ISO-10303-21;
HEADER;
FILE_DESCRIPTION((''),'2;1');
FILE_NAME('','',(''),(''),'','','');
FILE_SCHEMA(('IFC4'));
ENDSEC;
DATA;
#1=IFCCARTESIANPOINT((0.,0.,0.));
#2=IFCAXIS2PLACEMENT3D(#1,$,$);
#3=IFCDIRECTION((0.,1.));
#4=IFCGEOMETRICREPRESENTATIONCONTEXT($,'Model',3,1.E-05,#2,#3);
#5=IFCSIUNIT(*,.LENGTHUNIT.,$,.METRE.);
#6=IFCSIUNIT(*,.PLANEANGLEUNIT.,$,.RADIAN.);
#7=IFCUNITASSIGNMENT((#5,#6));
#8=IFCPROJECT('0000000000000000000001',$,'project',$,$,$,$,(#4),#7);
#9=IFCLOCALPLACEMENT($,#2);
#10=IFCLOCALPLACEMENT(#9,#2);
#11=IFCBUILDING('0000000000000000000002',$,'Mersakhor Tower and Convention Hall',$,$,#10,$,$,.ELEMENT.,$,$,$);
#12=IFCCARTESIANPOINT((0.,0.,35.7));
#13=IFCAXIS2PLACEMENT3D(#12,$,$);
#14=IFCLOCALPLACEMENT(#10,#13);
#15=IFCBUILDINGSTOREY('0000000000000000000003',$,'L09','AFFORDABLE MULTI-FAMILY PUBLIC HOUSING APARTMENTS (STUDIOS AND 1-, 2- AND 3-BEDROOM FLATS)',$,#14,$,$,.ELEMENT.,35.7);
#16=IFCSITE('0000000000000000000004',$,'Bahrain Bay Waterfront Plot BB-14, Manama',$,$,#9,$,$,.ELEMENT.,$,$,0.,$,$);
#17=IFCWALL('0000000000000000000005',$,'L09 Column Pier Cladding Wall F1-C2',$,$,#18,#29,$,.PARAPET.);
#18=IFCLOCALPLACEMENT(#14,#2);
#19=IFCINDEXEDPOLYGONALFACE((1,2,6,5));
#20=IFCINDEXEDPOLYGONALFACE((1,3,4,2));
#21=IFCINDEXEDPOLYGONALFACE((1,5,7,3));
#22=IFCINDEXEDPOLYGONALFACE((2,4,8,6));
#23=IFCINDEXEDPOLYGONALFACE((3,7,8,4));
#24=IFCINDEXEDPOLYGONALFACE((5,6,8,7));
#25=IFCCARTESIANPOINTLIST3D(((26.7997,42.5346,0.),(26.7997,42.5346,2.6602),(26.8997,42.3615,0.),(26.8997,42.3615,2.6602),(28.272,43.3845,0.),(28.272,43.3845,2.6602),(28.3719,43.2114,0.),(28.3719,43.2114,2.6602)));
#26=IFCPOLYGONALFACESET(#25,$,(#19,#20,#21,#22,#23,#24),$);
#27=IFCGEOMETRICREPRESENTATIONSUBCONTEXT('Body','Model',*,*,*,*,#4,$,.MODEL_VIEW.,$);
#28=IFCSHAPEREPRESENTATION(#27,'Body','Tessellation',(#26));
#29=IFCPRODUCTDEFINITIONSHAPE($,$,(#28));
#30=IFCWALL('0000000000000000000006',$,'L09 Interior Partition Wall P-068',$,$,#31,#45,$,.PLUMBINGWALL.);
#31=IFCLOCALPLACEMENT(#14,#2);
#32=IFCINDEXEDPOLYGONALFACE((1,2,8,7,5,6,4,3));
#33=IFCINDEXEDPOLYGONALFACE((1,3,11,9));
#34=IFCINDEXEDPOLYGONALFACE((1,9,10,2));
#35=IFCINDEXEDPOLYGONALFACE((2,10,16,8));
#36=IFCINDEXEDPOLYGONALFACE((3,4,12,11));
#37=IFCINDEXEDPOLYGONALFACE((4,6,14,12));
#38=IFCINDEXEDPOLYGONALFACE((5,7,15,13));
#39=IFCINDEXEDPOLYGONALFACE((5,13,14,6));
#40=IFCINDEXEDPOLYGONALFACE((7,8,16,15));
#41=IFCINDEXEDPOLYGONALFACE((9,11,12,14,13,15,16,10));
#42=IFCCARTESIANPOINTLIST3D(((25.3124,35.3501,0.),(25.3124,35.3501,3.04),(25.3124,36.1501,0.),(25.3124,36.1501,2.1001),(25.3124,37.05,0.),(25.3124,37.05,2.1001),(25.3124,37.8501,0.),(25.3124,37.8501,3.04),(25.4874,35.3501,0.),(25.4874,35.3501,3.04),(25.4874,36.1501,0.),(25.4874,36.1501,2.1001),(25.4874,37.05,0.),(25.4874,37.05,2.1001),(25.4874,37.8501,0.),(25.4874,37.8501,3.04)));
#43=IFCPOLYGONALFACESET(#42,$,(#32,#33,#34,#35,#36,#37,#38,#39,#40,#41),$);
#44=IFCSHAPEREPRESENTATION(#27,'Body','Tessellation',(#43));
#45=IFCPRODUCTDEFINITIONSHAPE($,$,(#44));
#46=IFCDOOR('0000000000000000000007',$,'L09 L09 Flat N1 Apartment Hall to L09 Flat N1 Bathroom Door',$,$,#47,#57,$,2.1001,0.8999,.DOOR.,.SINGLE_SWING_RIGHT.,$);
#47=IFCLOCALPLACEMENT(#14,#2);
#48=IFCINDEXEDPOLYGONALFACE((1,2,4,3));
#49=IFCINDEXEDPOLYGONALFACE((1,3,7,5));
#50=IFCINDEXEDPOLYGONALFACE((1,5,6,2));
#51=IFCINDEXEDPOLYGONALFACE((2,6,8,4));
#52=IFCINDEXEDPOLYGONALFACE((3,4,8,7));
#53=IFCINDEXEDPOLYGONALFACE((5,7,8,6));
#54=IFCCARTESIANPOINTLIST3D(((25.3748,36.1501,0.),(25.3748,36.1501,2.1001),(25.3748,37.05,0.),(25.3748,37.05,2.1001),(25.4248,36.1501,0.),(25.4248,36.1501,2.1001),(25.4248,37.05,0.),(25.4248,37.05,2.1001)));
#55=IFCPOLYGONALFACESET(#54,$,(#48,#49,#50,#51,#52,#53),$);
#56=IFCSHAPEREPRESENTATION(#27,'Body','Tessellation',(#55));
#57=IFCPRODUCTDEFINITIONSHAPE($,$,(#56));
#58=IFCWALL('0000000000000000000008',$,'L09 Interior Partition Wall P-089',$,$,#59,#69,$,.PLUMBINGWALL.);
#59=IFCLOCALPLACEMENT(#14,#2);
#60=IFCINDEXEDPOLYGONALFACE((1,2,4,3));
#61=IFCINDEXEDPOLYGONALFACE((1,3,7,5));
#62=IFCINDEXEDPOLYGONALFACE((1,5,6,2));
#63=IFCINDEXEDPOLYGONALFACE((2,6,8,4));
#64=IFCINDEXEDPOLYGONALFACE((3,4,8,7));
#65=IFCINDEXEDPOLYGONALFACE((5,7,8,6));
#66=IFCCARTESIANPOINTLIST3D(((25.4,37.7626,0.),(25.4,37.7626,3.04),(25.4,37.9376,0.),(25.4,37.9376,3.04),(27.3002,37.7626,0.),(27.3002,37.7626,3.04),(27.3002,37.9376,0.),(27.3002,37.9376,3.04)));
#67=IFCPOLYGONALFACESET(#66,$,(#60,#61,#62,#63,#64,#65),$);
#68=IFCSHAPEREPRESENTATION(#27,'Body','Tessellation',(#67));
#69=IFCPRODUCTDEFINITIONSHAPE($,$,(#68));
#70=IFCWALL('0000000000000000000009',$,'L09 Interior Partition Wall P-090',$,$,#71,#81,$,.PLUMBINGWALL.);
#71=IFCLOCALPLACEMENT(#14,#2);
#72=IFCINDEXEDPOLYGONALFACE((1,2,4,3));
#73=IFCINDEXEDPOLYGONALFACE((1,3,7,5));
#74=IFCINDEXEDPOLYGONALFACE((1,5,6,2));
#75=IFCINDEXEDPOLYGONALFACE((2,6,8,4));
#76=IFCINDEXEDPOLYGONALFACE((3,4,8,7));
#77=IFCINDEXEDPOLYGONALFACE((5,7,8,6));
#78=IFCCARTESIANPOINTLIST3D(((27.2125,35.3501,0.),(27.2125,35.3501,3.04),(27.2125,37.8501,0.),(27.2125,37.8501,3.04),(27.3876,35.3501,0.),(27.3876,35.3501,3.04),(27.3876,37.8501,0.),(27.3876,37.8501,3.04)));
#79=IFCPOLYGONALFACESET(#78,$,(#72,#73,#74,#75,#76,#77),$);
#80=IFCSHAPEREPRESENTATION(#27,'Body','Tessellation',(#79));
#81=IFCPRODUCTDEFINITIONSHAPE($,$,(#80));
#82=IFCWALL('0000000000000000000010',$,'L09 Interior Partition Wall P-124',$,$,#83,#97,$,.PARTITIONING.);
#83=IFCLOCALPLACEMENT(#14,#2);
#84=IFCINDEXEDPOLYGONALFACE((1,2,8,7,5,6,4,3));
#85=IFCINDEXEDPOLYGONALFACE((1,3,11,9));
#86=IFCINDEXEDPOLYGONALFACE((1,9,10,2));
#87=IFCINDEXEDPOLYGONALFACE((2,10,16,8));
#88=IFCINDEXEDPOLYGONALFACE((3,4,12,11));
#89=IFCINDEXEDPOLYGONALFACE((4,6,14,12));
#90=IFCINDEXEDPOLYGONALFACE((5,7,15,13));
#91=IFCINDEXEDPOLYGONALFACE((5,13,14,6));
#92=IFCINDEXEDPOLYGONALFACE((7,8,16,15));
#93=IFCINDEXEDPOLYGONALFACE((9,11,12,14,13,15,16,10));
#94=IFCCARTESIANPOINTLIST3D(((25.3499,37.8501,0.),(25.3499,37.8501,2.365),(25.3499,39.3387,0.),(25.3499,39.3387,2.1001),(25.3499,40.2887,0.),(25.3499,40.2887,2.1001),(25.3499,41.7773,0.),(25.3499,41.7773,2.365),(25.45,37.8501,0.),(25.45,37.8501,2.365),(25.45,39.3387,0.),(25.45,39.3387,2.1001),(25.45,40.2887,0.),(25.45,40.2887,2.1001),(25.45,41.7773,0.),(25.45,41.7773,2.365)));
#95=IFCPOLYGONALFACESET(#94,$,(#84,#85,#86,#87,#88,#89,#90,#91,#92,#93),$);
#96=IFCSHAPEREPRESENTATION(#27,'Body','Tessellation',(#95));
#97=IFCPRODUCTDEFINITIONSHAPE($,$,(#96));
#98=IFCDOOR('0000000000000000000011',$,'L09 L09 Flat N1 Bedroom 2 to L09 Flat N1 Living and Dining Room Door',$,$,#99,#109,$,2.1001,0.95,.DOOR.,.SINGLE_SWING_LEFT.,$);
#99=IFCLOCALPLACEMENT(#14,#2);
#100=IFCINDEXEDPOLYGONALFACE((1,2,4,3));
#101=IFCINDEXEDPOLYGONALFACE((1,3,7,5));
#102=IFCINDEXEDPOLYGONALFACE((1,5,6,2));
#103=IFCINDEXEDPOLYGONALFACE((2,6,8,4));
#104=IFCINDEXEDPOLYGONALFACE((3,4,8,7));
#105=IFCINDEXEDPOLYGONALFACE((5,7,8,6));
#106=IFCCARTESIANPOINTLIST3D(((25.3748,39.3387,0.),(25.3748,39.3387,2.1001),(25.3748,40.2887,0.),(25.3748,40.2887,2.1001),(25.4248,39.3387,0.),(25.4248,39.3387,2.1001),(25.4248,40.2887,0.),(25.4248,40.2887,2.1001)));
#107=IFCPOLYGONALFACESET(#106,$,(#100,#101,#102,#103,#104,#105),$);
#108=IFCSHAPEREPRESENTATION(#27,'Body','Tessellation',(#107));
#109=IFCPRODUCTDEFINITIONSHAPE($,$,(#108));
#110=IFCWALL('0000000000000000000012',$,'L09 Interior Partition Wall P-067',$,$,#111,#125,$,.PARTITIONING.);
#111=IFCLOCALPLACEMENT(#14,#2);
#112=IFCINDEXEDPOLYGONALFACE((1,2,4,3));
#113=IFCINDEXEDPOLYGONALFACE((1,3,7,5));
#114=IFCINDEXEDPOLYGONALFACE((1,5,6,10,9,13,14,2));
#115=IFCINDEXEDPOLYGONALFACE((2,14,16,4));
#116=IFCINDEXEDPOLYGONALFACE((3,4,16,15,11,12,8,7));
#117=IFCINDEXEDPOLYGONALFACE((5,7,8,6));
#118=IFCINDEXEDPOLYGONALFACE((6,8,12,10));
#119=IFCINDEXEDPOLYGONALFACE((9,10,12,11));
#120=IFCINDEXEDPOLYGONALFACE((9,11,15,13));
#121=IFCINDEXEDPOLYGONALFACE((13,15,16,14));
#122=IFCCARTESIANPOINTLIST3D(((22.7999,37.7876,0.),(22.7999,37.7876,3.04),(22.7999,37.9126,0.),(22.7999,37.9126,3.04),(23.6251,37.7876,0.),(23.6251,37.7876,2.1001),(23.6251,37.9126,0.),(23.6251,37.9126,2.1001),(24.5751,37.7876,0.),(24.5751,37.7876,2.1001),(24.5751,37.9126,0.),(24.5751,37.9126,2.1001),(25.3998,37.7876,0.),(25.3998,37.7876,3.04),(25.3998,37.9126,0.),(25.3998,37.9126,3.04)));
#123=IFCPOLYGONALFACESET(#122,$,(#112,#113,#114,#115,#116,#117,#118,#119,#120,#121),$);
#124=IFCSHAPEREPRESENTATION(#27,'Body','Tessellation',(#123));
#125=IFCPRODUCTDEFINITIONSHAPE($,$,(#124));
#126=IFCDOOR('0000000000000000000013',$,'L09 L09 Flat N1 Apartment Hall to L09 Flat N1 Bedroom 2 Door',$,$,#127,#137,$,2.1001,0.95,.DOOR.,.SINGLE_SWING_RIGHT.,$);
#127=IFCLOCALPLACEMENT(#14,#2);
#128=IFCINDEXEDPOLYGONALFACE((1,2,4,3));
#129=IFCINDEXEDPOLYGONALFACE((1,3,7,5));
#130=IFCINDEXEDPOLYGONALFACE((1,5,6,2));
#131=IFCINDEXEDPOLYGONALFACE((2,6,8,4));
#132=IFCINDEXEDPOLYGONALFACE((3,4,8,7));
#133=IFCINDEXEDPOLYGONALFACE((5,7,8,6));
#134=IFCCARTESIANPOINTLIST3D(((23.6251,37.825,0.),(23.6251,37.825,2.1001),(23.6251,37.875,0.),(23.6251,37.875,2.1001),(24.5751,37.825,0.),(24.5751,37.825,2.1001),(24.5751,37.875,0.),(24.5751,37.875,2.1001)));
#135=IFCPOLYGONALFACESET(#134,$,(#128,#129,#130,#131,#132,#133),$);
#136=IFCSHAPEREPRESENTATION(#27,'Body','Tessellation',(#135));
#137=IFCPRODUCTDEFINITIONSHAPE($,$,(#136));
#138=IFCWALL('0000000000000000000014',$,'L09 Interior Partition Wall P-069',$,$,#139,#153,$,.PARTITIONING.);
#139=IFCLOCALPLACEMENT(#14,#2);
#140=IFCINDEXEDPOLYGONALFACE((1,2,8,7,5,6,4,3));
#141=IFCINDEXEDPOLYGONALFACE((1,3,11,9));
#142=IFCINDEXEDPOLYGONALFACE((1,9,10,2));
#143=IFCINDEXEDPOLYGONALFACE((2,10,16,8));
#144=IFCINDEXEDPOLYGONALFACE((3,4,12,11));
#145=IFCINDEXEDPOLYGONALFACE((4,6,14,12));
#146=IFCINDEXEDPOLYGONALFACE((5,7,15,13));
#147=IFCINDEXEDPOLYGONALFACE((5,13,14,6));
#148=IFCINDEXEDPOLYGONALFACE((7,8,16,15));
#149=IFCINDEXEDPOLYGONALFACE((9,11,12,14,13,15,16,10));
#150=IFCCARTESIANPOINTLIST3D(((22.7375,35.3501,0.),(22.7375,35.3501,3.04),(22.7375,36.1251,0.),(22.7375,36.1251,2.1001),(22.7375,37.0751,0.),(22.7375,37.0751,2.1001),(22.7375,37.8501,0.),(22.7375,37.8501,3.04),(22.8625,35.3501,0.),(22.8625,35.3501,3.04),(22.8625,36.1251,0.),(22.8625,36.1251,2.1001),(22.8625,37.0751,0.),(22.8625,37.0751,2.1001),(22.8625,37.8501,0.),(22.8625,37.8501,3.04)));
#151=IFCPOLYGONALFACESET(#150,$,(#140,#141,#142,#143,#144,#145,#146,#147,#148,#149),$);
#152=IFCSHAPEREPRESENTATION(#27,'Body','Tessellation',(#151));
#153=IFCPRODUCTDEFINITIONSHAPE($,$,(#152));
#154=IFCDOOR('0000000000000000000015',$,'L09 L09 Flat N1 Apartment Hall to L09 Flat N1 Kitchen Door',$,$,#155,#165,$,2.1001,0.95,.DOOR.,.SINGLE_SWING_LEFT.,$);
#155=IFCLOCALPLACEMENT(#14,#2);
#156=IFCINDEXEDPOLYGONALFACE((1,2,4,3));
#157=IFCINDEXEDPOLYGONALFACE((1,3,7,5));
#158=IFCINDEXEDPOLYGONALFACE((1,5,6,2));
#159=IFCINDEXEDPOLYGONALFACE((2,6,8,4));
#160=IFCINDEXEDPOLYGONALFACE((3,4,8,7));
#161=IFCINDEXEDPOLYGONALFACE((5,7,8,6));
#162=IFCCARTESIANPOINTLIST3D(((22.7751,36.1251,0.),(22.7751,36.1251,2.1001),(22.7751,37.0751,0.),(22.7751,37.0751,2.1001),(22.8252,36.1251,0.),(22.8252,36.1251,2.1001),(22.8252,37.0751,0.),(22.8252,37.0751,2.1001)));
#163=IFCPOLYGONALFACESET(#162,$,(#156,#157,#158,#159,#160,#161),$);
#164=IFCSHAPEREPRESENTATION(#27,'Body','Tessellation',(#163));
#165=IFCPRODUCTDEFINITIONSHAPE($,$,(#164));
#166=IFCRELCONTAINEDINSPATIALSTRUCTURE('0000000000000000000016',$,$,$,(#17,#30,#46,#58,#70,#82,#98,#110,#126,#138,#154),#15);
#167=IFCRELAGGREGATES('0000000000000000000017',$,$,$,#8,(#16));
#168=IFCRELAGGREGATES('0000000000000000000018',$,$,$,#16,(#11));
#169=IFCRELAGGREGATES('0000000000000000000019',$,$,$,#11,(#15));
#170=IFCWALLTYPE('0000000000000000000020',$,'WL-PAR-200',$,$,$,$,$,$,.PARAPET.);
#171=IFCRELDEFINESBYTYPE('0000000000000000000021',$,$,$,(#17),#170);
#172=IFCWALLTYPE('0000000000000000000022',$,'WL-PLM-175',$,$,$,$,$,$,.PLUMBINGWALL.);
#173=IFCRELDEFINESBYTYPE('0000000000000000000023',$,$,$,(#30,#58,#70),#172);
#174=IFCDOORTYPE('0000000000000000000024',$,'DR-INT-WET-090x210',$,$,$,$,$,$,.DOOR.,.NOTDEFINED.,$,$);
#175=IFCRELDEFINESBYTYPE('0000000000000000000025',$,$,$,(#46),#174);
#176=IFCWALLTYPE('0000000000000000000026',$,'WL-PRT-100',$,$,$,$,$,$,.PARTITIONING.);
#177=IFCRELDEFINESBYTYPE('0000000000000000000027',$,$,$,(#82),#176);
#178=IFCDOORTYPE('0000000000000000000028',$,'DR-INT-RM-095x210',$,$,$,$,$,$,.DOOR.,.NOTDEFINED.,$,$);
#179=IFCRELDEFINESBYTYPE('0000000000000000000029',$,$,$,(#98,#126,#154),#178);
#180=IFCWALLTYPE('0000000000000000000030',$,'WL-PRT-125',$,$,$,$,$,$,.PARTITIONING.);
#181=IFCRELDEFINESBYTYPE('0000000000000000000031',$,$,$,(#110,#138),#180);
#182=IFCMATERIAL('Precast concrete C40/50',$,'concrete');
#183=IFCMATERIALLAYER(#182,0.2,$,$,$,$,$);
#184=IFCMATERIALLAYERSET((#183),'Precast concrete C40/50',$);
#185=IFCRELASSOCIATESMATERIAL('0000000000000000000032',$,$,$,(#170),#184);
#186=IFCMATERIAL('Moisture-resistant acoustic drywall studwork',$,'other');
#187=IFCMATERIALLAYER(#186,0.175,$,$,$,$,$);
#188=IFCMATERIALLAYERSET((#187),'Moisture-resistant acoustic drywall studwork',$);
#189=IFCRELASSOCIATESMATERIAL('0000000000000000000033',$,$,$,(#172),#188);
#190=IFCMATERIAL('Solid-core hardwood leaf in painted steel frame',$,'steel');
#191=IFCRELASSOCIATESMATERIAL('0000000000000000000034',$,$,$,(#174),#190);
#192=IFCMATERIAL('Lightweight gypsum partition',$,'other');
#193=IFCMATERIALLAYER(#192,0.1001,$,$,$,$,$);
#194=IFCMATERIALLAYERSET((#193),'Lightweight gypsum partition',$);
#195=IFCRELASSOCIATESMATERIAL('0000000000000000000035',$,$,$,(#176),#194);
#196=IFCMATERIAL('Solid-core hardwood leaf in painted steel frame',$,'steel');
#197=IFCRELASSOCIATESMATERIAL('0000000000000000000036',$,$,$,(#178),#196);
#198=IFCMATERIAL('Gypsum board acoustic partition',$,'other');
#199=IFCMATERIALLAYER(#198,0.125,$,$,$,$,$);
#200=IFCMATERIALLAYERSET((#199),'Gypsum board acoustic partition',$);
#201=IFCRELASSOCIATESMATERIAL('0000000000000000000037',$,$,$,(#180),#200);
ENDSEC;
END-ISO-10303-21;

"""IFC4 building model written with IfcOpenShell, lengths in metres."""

from ifc_helpers import new_model, si_unit, direction, frame, frame_2d, origin, place, context, subcontext, project, spatial, rectangle, extrude, material, layer, layer_set, type_object, element, fill, save


model = new_model("IFC4")

# Units and contexts
model_context = context("Model", 3, precision=1e-05, world=origin(), true_north=direction((0.0, 1.0)))
body_context = subcontext(model_context, "Body", "Model", "MODEL_VIEW")
ifc_project = project(units=[si_unit("LENGTHUNIT", "METRE"), si_unit("PLANEANGLEUNIT", "RADIAN")], contexts=[model_context])

# Site, building, storey
site_placement = place(None, origin())
site = spatial("IfcSite", under=ifc_project, at=site_placement, Name="Bahrain Bay Waterfront Plot BB-14, Manama", CompositionType="ELEMENT", RefElevation=0.0)
building_placement = place(site_placement, origin())
building = spatial("IfcBuilding", under=site, at=building_placement, Name="Mersakhor Tower and Convention Hall", CompositionType="ELEMENT")
storey_placement = place(building_placement, frame((0.0, 0.0, 35.7)))
storey = spatial("IfcBuildingStorey", under=building, at=storey_placement, Name="L09", Description="AFFORDABLE MULTI-FAMILY PUBLIC HOUSING APARTMENTS (STUDIOS AND 1-, 2- AND 3-BEDROOM FLATS)", CompositionType="ELEMENT", Elevation=35.7)

# Wall
ifc_material_1 = material(Name="Precast concrete C40/50", Category="concrete")
ifc_layer_1 = layer(ifc_material_1, 0.2)
ifc_layer_set_1 = layer_set([ifc_layer_1], Name="Precast concrete C40/50")
wall_type_1 = type_object("IfcWallType", Name="WL-PAR-200", PredefinedType="PARAPET", material=ifc_layer_set_1)
wall_1_placement = place(storey_placement, frame((26.8496, 42.448, 0.0), z_axis=(0.0, 0.0, 1.0), x_axis=(0.866052, 0.499955, 0.0)))
element("IfcWall", 1, at=wall_1_placement, inside=storey, type_object=wall_type_1, Name="L09 Column Pier Cladding Wall F1-C2", PredefinedType="PARAPET", context=body_context, shape_type="SweptSolid", body=[
    extrude(rectangle(XDim=1.7, YDim=0.2, at=frame_2d((0.8501, 0.0))), origin(), (0.0, 0.0, 1.0), 2.6602),
])

# Wall, opening, door
ifc_material_2 = material(Name="Moisture-resistant acoustic drywall studwork", Category="other")
ifc_layer_2 = layer(ifc_material_2, 0.175)
ifc_layer_set_2 = layer_set([ifc_layer_2], Name="Moisture-resistant acoustic drywall studwork")
wall_type_2 = type_object("IfcWallType", Name="WL-PLM-175", PredefinedType="PLUMBINGWALL", material=ifc_layer_set_2)
wall_2_placement = place(storey_placement, frame((25.3999, 37.8501, 0.0), z_axis=(0.0, 0.0, 1.0), x_axis=(0.0, -1.0, 0.0)))
wall_2 = element("IfcWall", 2, at=wall_2_placement, inside=storey, type_object=wall_type_2, Name="L09 Interior Partition Wall P-068", PredefinedType="PLUMBINGWALL", context=body_context, shape_type="SweptSolid", body=[
    extrude(rectangle(XDim=2.5, YDim=0.175, at=frame_2d((1.25, 0.0))), origin(), (0.0, 0.0, 1.0), 3.04),
])
opening_1_placement = place(wall_2_placement, frame((0.8, 0.0, 0.0)))
opening_1 = element("IfcOpeningElement", 3, at=opening_1_placement, cuts=wall_2, PredefinedType="OPENING", context=body_context, shape_type="SweptSolid", body=[
    extrude(rectangle(XDim=0.8999, YDim=2.1001, at=frame_2d((0.45, 1.05))), frame((0.0, 0.0974, 0.0), z_axis=(0.0, -1.0, 0.0), x_axis=(1.0, 0.0, 0.0)), (0.0, 0.0, 1.0), 0.1951),
])
ifc_material_3 = material(Name="Solid-core hardwood leaf in painted steel frame", Category="steel")
door_type_1 = type_object("IfcDoorType", Name="DR-INT-WET-090x210", OperationType="NOTDEFINED", PredefinedType="DOOR", material=ifc_material_3)
door_1_placement = place(opening_1_placement, origin())
door_1 = element("IfcDoor", 4, at=door_1_placement, inside=storey, type_object=door_type_1, Name="L09 L09 Flat N1 Apartment Hall to L09 Flat N1 Bathroom Door", OperationType="SINGLE_SWING_RIGHT", OverallHeight=2.1001, OverallWidth=0.8999, PredefinedType="DOOR", context=body_context, shape_type="SweptSolid", body=[
    extrude(rectangle(XDim=0.8999, YDim=2.1001, at=frame_2d((0.45, 1.05))), frame((0.0, 0.0249, 0.0), z_axis=(0.0, -1.0, 0.0), x_axis=(1.0, 0.0, 0.0)), (0.0, 0.0, 1.0), 0.05),
])
fill(opening_1, door_1)

# Walls
wall_3_placement = place(storey_placement, frame((25.3999, 37.8501, 0.0), z_axis=(0.0, 0.0, 1.0), x_axis=(1.0, 0.0, 0.0)))
element("IfcWall", 5, at=wall_3_placement, inside=storey, type_object=wall_type_2, Name="L09 Interior Partition Wall P-089", PredefinedType="PLUMBINGWALL", context=body_context, shape_type="SweptSolid", body=[
    extrude(rectangle(XDim=1.9001, YDim=0.175, at=frame_2d((0.9502, 0.0))), origin(), (0.0, 0.0, 1.0), 3.04),
])
wall_4_placement = place(storey_placement, frame((27.3, 37.8501, 0.0), z_axis=(0.0, 0.0, 1.0), x_axis=(0.0, -1.0, 0.0)))
element("IfcWall", 6, at=wall_4_placement, inside=storey, type_object=wall_type_2, Name="L09 Interior Partition Wall P-090", PredefinedType="PLUMBINGWALL", context=body_context, shape_type="SweptSolid", body=[
    extrude(rectangle(XDim=2.5, YDim=0.175, at=frame_2d((1.25, 0.0))), origin(), (0.0, 0.0, 1.0), 3.04),
])

# Walls, openings, doors
ifc_material_4 = material(Name="Lightweight gypsum partition", Category="other")
ifc_layer_3 = layer(ifc_material_4, 0.1001)
ifc_layer_set_3 = layer_set([ifc_layer_3], Name="Lightweight gypsum partition")
wall_type_3 = type_object("IfcWallType", Name="WL-PRT-100", PredefinedType="PARTITIONING", material=ifc_layer_set_3)
wall_5_placement = place(storey_placement, frame((25.3999, 41.7773, 0.0), z_axis=(0.0, 0.0, 1.0), x_axis=(0.0, -1.0, 0.0)))
wall_5 = element("IfcWall", 7, at=wall_5_placement, inside=storey, type_object=wall_type_3, Name="L09 Interior Partition Wall P-124", PredefinedType="PARTITIONING", context=body_context, shape_type="SweptSolid", body=[
    extrude(rectangle(XDim=3.9272, YDim=0.1001, at=frame_2d((1.9636, 0.0))), origin(), (0.0, 0.0, 1.0), 2.365),
])
opening_2_placement = place(wall_5_placement, frame((1.4885, 0.0, 0.0)))
opening_2 = element("IfcOpeningElement", 8, at=opening_2_placement, cuts=wall_5, PredefinedType="OPENING", context=body_context, shape_type="SweptSolid", body=[
    extrude(rectangle(XDim=0.95, YDim=2.1001, at=frame_2d((0.4751, 1.05))), frame((0.0, 0.0601, 0.0), z_axis=(0.0, -1.0, 0.0), x_axis=(1.0, 0.0, 0.0)), (0.0, 0.0, 1.0), 0.1201),
])
ifc_material_5 = material(Name="Solid-core hardwood leaf in painted steel frame", Category="steel")
door_type_2 = type_object("IfcDoorType", Name="DR-INT-RM-095x210", OperationType="NOTDEFINED", PredefinedType="DOOR", material=ifc_material_5)
door_2_placement = place(opening_2_placement, origin())
door_2 = element("IfcDoor", 9, at=door_2_placement, inside=storey, type_object=door_type_2, Name="L09 L09 Flat N1 Bedroom 2 to L09 Flat N1 Living and Dining Room Door", OperationType="SINGLE_SWING_LEFT", OverallHeight=2.1001, OverallWidth=0.95, PredefinedType="DOOR", context=body_context, shape_type="SweptSolid", body=[
    extrude(rectangle(XDim=0.95, YDim=2.1001, at=frame_2d((0.4751, 1.05))), frame((0.0, 0.0249, 0.0), z_axis=(0.0, -1.0, 0.0), x_axis=(1.0, 0.0, 0.0)), (0.0, 0.0, 1.0), 0.05),
])
fill(opening_2, door_2)
ifc_material_6 = material(Name="Gypsum board acoustic partition", Category="other")
ifc_layer_4 = layer(ifc_material_6, 0.125)
ifc_layer_set_4 = layer_set([ifc_layer_4], Name="Gypsum board acoustic partition")
wall_type_4 = type_object("IfcWallType", Name="WL-PRT-125", PredefinedType="PARTITIONING", material=ifc_layer_set_4)
wall_6_placement = place(storey_placement, frame((22.8, 37.8501, 0.0), z_axis=(0.0, 0.0, 1.0), x_axis=(1.0, 0.0, 0.0)))
wall_6 = element("IfcWall", 10, at=wall_6_placement, inside=storey, type_object=wall_type_4, Name="L09 Interior Partition Wall P-067", PredefinedType="PARTITIONING", context=body_context, shape_type="SweptSolid", body=[
    extrude(rectangle(XDim=2.5999, YDim=0.125, at=frame_2d((1.2998, 0.0))), origin(), (0.0, 0.0, 1.0), 3.04),
])
opening_3_placement = place(wall_6_placement, frame((0.825, 0.0, 0.0)))
opening_3 = element("IfcOpeningElement", 11, at=opening_3_placement, cuts=wall_6, PredefinedType="OPENING", context=body_context, shape_type="SweptSolid", body=[
    extrude(rectangle(XDim=0.95, YDim=2.1001, at=frame_2d((0.4751, 1.05))), frame((0.0, 0.0725, 0.0), z_axis=(0.0, -1.0, 0.0), x_axis=(1.0, 0.0, 0.0)), (0.0, 0.0, 1.0), 0.145),
])
door_3_placement = place(opening_3_placement, origin())
door_3 = element("IfcDoor", 12, at=door_3_placement, inside=storey, type_object=door_type_2, Name="L09 L09 Flat N1 Apartment Hall to L09 Flat N1 Bedroom 2 Door", OperationType="SINGLE_SWING_RIGHT", OverallHeight=2.1001, OverallWidth=0.95, PredefinedType="DOOR", context=body_context, shape_type="SweptSolid", body=[
    extrude(rectangle(XDim=0.95, YDim=2.1001, at=frame_2d((0.4751, 1.05))), frame((0.0, 0.0249, 0.0), z_axis=(0.0, -1.0, 0.0), x_axis=(1.0, 0.0, 0.0)), (0.0, 0.0, 1.0), 0.05),
])
fill(opening_3, door_3)
wall_7_placement = place(storey_placement, frame((22.8, 35.3501, 0.0), z_axis=(0.0, 0.0, 1.0), x_axis=(0.0, 1.0, 0.0)))
wall_7 = element("IfcWall", 13, at=wall_7_placement, inside=storey, type_object=wall_type_4, Name="L09 Interior Partition Wall P-069", PredefinedType="PARTITIONING", context=body_context, shape_type="SweptSolid", body=[
    extrude(rectangle(XDim=2.5, YDim=0.125, at=frame_2d((1.25, 0.0))), origin(), (0.0, 0.0, 1.0), 3.04),
])
opening_4_placement = place(wall_7_placement, frame((0.7749, 0.0, 0.0)))
opening_4 = element("IfcOpeningElement", 14, at=opening_4_placement, cuts=wall_7, PredefinedType="OPENING", context=body_context, shape_type="SweptSolid", body=[
    extrude(rectangle(XDim=0.95, YDim=2.1001, at=frame_2d((0.4751, 1.05))), frame((0.0, 0.0725, 0.0), z_axis=(0.0, -1.0, 0.0), x_axis=(1.0, 0.0, 0.0)), (0.0, 0.0, 1.0), 0.145),
])
door_4_placement = place(opening_4_placement, origin())
door_4 = element("IfcDoor", 15, at=door_4_placement, inside=storey, type_object=door_type_2, Name="L09 L09 Flat N1 Apartment Hall to L09 Flat N1 Kitchen Door", OperationType="SINGLE_SWING_LEFT", OverallHeight=2.1001, OverallWidth=0.95, PredefinedType="DOOR", context=body_context, shape_type="SweptSolid", body=[
    extrude(rectangle(XDim=0.95, YDim=2.1001, at=frame_2d((0.4751, 1.05))), frame((0.0, 0.0249, 0.0), z_axis=(0.0, -1.0, 0.0), x_axis=(1.0, 0.0, 0.0)), (0.0, 0.0, 1.0), 0.05),
])
fill(opening_4, door_4)

save(model, "model.ifc")
